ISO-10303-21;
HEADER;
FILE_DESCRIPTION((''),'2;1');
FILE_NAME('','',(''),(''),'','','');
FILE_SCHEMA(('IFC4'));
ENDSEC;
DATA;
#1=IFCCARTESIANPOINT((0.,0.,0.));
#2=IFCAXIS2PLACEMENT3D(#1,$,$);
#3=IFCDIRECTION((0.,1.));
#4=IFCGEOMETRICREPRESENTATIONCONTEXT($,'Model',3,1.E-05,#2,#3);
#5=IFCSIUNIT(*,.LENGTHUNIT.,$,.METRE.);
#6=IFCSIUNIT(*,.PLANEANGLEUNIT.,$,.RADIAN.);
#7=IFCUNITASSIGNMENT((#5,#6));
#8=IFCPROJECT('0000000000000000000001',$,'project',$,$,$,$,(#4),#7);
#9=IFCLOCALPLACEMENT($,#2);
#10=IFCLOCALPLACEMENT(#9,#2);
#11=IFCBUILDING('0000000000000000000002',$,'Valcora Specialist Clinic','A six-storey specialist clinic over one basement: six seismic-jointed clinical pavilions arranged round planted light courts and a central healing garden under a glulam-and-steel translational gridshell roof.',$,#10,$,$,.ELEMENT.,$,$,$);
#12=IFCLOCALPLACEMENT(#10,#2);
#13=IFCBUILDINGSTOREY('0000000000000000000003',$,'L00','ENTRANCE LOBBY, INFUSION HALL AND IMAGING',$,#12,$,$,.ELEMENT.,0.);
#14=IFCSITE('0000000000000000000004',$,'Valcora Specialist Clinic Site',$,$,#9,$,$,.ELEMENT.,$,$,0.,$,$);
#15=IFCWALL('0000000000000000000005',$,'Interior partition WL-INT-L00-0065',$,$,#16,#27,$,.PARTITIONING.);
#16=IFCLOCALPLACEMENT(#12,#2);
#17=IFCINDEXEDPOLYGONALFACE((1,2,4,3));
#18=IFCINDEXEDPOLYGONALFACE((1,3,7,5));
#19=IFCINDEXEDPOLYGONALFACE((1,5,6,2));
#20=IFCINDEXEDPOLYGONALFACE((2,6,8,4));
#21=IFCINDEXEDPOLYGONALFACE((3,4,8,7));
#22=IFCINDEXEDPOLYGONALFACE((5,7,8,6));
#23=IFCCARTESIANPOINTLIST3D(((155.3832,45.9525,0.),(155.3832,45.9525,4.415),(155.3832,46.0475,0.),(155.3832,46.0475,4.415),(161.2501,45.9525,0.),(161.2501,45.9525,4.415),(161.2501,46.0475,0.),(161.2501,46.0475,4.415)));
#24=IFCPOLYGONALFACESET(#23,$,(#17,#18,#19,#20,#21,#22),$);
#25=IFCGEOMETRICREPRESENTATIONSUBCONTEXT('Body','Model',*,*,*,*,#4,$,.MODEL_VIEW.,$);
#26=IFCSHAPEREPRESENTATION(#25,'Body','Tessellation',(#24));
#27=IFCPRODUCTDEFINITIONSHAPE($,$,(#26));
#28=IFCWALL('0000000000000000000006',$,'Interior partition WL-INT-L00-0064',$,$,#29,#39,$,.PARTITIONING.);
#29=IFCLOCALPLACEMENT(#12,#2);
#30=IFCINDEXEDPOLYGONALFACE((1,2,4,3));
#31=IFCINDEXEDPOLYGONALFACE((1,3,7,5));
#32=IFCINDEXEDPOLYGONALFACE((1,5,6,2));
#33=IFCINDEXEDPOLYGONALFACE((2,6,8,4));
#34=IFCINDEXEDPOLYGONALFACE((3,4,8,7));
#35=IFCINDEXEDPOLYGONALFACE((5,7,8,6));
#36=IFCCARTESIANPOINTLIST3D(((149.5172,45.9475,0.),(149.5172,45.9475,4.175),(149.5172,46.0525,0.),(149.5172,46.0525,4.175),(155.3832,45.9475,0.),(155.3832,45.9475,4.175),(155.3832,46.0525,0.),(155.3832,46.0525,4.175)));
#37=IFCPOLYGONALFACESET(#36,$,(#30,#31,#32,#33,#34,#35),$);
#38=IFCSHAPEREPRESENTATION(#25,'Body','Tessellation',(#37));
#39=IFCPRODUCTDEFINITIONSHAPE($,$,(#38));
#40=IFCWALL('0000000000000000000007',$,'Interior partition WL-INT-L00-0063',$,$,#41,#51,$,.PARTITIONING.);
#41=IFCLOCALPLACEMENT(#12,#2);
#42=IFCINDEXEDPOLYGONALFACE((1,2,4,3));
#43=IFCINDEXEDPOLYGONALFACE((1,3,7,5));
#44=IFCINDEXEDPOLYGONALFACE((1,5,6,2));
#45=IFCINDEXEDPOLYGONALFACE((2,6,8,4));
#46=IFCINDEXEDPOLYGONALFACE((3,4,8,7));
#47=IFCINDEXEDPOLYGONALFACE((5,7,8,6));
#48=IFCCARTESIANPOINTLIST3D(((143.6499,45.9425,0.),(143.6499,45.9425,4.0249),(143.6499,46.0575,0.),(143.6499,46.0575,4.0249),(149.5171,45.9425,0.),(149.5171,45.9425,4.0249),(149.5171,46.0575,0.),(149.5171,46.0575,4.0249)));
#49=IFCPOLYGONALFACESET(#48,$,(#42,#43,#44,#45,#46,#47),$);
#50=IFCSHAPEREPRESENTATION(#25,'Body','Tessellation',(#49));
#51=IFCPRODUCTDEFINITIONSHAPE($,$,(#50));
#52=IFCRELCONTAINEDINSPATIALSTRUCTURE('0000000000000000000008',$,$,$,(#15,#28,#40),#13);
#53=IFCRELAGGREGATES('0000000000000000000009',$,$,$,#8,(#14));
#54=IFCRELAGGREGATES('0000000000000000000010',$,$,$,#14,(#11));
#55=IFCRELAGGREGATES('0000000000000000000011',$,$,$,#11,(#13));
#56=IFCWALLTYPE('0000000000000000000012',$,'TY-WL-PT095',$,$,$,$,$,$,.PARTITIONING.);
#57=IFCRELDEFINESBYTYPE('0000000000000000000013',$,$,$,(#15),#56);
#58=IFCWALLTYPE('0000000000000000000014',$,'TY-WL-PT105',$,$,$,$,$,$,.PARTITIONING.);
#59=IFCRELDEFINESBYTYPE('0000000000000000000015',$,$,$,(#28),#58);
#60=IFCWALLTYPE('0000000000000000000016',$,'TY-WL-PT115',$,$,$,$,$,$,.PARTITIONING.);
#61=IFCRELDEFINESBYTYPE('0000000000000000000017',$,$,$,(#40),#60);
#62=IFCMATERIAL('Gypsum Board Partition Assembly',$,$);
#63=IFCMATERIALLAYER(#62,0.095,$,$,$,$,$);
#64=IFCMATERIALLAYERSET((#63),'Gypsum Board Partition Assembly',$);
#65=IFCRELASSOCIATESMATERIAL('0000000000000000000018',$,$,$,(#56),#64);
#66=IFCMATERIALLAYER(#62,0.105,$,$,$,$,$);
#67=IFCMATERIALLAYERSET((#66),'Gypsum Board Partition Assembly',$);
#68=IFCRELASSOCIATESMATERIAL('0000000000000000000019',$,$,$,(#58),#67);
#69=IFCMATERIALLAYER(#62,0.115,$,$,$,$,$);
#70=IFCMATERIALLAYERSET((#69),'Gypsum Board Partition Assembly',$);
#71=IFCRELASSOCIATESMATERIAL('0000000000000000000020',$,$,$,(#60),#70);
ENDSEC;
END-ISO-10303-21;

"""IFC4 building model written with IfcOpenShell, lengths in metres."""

from ifc_helpers import new_model, si_unit, direction, frame, frame_2d, origin, place, context, subcontext, project, spatial, rectangle, extrude, material, layer, layer_set, type_object, element, save


model = new_model("IFC4")

# Units and contexts
model_context = context("Model", 3, precision=1e-05, world=origin(), true_north=direction((0.0, 1.0)))
body_context = subcontext(model_context, "Body", "Model", "MODEL_VIEW")
ifc_project = project(units=[si_unit("LENGTHUNIT", "METRE"), si_unit("PLANEANGLEUNIT", "RADIAN")], contexts=[model_context])

# Site, building, storey
site_placement = place(None, origin())
site = spatial("IfcSite", under=ifc_project, at=site_placement, Name="Valcora Specialist Clinic Site", CompositionType="ELEMENT", RefElevation=0.0)
building_placement = place(site_placement, origin())
building = spatial("IfcBuilding", under=site, at=building_placement, Name="Valcora Specialist Clinic", Description="A six-storey specialist clinic over one basement: six seismic-jointed clinical pavilions arranged round planted light courts and a central healing garden under a glulam-and-steel translational gridshell roof.", CompositionType="ELEMENT")
storey_placement = place(building_placement, origin())
storey = spatial("IfcBuildingStorey", under=building, at=storey_placement, Name="L00", Description="ENTRANCE LOBBY, INFUSION HALL AND IMAGING", CompositionType="ELEMENT", Elevation=0.0)

# Walls
ifc_material_1 = material(Name="Gypsum Board Partition Assembly")
ifc_layer_1 = layer(ifc_material_1, 0.095)
ifc_layer_set_1 = layer_set([ifc_layer_1], Name="Gypsum Board Partition Assembly")
wall_type_1 = type_object("IfcWallType", Name="TY-WL-PT095", PredefinedType="PARTITIONING", material=ifc_layer_set_1)
wall_1_placement = place(storey_placement, frame((155.3831, 46.0, 0.0), z_axis=(0.0, 0.0, 1.0), x_axis=(1.0, 0.0, 0.0)))
element("IfcWall", 1, at=wall_1_placement, inside=storey, type_object=wall_type_1, Name="Interior partition WL-INT-L00-0065", PredefinedType="PARTITIONING", context=body_context, shape_type="SweptSolid", body=[
    extrude(rectangle(XDim=5.8669, YDim=0.095, at=frame_2d((2.9336, 0.0))), origin(), (0.0, 0.0, 1.0), 4.415),
])
ifc_layer_2 = layer(ifc_material_1, 0.105)
ifc_layer_set_2 = layer_set([ifc_layer_2], Name="Gypsum Board Partition Assembly")
wall_type_2 = type_object("IfcWallType", Name="TY-WL-PT105", PredefinedType="PARTITIONING", material=ifc_layer_set_2)
wall_2_placement = place(storey_placement, frame((149.5171, 46.0, 0.0), z_axis=(0.0, 0.0, 1.0), x_axis=(1.0, 0.0, 0.0)))
element("IfcWall", 2, at=wall_2_placement, inside=storey, type_object=wall_type_2, Name="Interior partition WL-INT-L00-0064", PredefinedType="PARTITIONING", context=body_context, shape_type="SweptSolid", body=[
    extrude(rectangle(XDim=5.866, YDim=0.105, at=frame_2d((2.9331, 0.0))), origin(), (0.0, 0.0, 1.0), 4.175),
])
ifc_layer_3 = layer(ifc_material_1, 0.115)
ifc_layer_set_3 = layer_set([ifc_layer_3], Name="Gypsum Board Partition Assembly")
wall_type_3 = type_object("IfcWallType", Name="TY-WL-PT115", PredefinedType="PARTITIONING", material=ifc_layer_set_3)
wall_3_placement = place(storey_placement, frame((143.6499, 46.0, 0.0), z_axis=(0.0, 0.0, 1.0), x_axis=(1.0, 0.0, 0.0)))
element("IfcWall", 3, at=wall_3_placement, inside=storey, type_object=wall_type_3, Name="Interior partition WL-INT-L00-0063", PredefinedType="PARTITIONING", context=body_context, shape_type="SweptSolid", body=[
    extrude(rectangle(XDim=5.8672, YDim=0.115, at=frame_2d((2.9336, 0.0))), origin(), (0.0, 0.0, 1.0), 4.0249),
])

save(model, "model.ifc")
